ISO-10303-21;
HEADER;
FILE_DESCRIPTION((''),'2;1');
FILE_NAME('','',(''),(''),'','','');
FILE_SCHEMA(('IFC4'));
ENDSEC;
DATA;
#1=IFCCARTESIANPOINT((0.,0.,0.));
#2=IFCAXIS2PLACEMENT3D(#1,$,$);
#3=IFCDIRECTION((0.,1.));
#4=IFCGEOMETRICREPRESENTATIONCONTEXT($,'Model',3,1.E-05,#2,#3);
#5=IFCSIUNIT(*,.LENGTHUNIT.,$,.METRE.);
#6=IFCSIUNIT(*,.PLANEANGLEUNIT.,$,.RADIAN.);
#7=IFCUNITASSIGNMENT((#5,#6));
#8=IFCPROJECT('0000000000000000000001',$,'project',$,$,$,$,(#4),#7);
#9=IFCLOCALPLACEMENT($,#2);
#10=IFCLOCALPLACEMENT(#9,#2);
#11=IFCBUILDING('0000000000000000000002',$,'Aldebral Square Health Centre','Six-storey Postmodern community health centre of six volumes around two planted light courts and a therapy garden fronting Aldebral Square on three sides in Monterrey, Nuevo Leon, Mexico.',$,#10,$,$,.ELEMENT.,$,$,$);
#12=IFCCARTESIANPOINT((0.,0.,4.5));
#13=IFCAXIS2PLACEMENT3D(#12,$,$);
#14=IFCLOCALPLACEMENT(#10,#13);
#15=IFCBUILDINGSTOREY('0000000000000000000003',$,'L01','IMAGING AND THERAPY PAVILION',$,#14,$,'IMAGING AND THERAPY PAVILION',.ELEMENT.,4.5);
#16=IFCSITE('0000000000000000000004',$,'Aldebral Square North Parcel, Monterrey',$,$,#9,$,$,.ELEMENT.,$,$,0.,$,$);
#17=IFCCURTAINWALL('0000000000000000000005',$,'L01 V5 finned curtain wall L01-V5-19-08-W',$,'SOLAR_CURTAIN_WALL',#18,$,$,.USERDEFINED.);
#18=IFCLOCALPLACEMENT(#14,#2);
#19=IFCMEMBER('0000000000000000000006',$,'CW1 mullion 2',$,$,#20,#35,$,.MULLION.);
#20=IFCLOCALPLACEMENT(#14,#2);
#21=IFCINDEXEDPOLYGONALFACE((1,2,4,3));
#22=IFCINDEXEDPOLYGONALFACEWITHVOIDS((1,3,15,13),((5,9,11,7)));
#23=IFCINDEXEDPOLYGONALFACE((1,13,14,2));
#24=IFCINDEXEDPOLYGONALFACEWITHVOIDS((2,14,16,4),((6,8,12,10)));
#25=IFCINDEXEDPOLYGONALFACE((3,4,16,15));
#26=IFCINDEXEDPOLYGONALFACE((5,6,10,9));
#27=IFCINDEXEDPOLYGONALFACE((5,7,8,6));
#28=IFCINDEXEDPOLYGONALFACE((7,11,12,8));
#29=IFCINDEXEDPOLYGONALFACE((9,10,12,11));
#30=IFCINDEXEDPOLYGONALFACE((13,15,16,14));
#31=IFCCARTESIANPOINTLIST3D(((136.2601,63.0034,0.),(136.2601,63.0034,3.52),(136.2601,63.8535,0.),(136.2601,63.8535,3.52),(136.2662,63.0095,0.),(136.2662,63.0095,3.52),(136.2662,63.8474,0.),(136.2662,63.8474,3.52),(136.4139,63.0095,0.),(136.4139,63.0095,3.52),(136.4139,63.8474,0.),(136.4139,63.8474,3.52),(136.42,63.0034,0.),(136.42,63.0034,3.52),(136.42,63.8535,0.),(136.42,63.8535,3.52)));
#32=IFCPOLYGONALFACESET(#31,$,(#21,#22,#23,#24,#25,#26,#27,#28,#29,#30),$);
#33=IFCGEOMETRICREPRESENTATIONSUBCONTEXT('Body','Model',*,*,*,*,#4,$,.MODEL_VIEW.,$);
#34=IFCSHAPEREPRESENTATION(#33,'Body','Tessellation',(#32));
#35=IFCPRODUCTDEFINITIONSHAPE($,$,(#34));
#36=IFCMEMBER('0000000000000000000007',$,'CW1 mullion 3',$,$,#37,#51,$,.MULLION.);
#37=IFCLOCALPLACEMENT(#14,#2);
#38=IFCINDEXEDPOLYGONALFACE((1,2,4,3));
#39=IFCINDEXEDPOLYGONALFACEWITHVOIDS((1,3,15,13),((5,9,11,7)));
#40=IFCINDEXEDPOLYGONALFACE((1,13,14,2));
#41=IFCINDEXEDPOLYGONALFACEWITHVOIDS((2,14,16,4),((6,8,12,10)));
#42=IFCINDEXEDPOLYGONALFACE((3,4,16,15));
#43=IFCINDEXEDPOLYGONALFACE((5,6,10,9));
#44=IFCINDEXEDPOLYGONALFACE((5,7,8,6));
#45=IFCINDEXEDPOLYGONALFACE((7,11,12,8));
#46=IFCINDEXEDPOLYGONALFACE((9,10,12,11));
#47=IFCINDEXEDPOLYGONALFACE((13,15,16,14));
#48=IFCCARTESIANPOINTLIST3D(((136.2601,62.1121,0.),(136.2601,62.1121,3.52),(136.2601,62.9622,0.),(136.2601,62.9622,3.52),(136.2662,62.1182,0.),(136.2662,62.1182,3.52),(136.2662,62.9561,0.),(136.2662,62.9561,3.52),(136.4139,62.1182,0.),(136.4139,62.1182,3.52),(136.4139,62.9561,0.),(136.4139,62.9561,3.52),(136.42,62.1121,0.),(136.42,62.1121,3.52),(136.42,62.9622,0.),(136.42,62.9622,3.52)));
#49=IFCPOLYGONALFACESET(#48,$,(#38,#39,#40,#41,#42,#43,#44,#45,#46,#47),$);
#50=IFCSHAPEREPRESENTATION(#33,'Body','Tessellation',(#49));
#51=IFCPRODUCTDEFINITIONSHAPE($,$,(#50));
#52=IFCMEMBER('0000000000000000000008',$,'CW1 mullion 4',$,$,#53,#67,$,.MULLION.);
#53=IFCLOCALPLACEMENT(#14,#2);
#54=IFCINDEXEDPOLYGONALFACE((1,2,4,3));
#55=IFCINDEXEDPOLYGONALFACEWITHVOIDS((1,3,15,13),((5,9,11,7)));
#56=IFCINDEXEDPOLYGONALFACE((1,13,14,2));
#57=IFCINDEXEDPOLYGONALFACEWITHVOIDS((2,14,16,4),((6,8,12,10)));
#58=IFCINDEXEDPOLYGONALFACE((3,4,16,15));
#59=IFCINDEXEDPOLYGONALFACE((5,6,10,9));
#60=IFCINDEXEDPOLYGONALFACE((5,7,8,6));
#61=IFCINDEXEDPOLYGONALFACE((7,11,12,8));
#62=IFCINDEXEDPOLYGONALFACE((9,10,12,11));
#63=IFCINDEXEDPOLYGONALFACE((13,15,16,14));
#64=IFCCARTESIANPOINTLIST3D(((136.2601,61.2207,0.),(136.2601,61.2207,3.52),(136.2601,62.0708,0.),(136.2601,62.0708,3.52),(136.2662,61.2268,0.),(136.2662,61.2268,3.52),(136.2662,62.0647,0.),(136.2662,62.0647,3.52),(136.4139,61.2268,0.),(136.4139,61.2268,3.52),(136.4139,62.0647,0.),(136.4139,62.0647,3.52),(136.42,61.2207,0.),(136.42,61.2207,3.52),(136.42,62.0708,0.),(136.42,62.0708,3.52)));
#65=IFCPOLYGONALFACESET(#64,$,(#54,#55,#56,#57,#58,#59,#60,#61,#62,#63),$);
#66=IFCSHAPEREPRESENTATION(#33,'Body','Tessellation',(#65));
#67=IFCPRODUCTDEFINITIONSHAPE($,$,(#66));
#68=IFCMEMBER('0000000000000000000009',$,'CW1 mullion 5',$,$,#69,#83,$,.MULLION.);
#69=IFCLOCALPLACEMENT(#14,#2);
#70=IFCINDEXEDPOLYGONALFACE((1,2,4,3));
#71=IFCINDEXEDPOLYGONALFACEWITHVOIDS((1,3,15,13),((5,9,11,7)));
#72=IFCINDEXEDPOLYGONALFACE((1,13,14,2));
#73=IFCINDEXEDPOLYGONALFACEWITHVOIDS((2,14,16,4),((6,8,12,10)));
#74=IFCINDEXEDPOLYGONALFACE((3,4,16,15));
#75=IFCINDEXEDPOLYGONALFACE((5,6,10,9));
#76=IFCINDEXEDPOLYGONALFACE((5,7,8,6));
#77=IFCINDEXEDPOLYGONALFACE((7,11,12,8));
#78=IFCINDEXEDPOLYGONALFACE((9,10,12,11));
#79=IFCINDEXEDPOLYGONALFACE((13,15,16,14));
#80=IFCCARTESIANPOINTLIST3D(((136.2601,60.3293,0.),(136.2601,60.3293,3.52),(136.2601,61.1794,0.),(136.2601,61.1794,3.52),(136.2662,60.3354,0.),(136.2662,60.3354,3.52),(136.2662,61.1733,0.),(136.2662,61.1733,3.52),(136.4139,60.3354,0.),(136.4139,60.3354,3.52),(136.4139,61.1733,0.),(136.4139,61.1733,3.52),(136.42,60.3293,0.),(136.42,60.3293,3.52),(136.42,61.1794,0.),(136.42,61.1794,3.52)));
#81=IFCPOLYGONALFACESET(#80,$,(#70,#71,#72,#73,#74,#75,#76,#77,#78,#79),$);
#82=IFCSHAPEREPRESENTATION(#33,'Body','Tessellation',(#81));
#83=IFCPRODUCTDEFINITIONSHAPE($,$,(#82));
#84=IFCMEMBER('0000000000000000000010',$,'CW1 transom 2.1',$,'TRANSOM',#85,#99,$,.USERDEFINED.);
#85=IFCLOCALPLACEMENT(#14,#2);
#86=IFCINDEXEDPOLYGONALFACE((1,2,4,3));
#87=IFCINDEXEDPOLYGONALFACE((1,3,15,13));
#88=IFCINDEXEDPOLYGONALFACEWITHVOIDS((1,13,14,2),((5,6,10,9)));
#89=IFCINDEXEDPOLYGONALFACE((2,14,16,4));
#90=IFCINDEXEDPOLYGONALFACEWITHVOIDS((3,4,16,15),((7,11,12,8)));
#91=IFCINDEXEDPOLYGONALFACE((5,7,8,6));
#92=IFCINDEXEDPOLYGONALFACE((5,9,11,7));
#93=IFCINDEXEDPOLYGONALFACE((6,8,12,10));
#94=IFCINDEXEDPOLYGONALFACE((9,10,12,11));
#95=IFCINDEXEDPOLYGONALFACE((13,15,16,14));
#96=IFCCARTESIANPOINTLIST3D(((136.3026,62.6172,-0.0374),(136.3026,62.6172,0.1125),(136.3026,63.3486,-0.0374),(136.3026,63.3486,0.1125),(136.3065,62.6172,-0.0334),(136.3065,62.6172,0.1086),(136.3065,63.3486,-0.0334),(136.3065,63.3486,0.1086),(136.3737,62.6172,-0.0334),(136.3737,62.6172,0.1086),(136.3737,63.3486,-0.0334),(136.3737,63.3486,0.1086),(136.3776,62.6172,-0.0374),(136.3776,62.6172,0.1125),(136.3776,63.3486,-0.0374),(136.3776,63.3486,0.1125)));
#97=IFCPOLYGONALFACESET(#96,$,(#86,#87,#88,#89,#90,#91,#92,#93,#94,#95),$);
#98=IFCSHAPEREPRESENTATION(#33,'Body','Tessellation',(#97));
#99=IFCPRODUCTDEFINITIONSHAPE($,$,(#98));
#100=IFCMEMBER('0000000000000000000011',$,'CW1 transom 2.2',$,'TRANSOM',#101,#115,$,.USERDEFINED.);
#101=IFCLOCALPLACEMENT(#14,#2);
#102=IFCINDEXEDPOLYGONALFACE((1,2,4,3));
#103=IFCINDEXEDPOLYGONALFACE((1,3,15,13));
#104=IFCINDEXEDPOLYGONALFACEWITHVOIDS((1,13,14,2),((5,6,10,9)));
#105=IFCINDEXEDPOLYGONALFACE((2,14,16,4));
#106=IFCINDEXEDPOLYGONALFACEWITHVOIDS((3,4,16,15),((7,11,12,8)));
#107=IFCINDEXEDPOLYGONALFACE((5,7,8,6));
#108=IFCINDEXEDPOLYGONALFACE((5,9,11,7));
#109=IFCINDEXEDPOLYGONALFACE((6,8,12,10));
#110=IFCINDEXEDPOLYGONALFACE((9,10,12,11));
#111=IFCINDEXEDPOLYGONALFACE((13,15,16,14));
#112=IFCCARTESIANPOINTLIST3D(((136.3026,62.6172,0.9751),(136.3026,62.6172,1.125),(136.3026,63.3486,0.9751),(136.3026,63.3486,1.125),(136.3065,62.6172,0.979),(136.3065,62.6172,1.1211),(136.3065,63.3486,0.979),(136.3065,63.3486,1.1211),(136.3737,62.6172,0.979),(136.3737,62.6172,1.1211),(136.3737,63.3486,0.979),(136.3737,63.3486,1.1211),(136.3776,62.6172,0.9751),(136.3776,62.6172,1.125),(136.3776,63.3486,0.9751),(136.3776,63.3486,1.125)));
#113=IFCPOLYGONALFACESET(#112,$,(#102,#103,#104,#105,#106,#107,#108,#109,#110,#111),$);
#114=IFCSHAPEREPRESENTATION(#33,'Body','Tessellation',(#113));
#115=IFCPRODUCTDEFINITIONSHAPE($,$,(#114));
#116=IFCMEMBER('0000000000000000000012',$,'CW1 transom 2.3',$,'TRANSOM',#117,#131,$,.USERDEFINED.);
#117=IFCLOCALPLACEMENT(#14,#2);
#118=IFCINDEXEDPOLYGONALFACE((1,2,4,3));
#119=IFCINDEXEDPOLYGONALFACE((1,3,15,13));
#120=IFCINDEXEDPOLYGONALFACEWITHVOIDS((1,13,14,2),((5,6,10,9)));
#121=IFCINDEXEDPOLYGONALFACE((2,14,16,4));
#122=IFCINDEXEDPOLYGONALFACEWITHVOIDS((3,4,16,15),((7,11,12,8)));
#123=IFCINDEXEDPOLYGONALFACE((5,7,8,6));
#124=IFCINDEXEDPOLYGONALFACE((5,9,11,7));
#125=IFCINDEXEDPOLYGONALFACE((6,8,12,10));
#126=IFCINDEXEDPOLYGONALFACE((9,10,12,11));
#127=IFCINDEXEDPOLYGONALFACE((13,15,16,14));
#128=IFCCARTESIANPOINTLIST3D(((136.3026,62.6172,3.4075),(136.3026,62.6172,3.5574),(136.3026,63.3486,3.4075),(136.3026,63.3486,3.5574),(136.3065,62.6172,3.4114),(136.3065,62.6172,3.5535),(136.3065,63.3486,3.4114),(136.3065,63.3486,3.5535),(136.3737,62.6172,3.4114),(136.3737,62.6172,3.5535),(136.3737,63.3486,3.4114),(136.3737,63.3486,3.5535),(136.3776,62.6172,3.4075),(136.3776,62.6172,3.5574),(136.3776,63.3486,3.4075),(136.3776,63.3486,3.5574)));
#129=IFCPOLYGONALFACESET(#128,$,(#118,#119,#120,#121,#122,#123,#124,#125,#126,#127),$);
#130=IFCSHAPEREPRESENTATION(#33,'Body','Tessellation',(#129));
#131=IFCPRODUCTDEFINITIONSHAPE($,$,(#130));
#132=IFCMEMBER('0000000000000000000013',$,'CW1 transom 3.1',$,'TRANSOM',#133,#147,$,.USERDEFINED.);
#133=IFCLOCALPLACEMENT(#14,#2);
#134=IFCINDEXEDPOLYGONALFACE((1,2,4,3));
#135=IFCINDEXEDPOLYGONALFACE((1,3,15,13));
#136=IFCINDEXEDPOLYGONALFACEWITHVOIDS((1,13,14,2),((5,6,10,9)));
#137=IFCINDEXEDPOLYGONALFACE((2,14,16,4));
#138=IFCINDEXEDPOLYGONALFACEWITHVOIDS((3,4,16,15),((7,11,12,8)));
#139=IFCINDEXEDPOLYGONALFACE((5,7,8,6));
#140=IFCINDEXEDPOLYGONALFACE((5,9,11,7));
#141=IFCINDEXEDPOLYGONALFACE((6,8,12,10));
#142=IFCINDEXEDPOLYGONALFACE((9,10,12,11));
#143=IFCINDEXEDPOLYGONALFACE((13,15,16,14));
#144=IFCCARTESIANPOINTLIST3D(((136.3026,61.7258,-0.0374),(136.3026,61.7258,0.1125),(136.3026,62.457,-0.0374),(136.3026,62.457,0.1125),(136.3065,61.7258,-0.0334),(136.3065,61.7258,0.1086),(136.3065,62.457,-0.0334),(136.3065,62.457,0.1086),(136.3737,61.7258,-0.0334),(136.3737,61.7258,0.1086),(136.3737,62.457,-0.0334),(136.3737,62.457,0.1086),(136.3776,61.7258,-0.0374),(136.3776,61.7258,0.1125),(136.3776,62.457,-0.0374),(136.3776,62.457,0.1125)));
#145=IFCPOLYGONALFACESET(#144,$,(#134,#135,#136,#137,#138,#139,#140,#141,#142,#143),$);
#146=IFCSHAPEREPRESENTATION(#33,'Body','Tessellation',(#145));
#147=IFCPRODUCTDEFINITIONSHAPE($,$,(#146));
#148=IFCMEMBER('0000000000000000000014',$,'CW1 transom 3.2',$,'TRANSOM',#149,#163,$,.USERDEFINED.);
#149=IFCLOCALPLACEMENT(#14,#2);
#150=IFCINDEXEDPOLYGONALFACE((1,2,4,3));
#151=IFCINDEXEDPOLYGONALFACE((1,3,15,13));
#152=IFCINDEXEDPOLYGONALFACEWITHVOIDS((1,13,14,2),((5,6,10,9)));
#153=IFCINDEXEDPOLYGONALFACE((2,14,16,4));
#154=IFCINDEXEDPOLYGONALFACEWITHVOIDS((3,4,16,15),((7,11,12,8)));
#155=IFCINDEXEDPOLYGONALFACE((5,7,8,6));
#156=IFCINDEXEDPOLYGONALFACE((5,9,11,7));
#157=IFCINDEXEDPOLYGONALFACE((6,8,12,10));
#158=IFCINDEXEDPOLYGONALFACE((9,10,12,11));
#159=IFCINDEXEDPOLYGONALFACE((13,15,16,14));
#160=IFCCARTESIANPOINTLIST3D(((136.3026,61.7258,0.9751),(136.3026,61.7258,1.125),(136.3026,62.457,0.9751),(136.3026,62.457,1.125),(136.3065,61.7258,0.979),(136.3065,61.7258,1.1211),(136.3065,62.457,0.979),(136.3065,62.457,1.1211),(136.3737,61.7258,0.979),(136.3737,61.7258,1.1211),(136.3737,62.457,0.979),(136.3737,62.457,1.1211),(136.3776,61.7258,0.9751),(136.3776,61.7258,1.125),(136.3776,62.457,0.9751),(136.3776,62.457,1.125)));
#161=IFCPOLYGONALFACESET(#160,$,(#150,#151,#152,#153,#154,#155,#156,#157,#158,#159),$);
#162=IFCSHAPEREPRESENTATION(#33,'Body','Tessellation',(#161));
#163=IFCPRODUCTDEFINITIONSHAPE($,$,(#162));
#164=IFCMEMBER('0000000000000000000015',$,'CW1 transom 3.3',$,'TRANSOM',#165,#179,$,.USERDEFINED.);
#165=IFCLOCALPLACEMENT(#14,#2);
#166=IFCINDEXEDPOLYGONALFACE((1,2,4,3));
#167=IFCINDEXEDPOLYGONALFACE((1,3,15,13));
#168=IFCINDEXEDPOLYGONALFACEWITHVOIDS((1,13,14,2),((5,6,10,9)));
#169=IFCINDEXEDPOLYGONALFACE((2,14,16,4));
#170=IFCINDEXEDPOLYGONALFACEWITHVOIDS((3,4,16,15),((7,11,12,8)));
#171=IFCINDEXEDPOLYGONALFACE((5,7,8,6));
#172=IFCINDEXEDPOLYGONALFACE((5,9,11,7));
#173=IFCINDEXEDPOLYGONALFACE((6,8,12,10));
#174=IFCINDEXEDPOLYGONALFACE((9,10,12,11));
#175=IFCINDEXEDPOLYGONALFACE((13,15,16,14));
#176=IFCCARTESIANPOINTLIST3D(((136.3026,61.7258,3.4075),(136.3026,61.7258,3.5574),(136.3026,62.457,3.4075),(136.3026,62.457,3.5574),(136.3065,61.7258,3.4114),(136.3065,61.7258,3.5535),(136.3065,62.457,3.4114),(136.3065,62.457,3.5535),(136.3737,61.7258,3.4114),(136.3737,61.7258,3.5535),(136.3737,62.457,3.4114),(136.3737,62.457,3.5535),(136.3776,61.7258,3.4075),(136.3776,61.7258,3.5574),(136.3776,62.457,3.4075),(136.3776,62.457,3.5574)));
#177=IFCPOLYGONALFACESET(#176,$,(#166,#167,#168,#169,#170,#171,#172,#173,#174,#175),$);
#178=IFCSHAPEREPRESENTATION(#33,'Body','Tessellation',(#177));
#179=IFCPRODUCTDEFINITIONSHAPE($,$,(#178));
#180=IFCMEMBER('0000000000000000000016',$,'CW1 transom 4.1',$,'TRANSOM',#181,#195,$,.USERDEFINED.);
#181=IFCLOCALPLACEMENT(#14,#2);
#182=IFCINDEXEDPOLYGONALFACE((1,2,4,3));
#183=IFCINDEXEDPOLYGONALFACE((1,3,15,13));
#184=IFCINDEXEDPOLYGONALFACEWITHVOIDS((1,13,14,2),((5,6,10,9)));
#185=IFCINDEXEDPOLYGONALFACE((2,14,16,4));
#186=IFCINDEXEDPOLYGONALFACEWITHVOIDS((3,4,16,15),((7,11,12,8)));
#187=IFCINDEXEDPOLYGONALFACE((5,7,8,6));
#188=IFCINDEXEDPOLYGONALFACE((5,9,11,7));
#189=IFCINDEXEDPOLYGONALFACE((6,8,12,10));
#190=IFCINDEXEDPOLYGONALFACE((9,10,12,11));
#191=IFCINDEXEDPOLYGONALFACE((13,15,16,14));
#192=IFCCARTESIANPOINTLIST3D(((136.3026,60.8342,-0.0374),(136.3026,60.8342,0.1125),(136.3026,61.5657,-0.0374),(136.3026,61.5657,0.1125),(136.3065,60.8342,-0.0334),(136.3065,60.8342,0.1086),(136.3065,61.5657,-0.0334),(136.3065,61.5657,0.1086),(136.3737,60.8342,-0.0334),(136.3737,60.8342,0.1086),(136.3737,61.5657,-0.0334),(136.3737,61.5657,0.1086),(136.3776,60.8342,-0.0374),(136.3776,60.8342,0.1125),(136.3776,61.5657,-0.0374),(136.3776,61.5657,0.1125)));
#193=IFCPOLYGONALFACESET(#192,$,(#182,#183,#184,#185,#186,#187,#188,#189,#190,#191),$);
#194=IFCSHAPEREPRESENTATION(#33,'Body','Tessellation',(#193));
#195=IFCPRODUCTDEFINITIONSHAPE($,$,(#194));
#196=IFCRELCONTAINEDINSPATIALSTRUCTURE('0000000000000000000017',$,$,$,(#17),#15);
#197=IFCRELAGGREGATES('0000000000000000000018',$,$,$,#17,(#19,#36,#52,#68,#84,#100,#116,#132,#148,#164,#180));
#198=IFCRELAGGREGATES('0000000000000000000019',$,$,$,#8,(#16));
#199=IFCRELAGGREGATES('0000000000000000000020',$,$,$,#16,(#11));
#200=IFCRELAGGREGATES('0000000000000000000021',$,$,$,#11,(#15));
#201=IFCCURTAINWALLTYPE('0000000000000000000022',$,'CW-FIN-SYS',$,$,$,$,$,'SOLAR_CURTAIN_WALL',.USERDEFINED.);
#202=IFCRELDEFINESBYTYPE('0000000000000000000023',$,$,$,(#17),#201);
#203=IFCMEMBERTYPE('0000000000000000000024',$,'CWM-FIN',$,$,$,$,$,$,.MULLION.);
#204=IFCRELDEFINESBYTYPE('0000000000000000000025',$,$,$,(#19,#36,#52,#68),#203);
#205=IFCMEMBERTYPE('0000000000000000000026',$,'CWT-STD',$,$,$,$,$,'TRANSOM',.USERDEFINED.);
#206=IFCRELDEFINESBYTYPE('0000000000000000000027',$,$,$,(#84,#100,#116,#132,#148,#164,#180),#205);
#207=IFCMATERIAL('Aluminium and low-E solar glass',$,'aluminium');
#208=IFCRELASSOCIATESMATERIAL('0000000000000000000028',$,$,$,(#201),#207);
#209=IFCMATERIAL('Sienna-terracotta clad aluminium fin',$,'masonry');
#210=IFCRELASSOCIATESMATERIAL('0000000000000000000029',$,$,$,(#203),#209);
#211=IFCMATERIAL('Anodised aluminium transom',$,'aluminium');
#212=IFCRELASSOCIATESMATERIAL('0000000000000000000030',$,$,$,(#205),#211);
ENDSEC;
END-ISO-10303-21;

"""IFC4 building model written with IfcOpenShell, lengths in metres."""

from ifc_helpers import new_model, si_unit, direction, frame, origin, origin_2d, place, context, subcontext, project, spatial, hollow_rectangle, extrude, material, material_profile, profile_set, type_object, element, aggregate, save


model = new_model("IFC4")

# Units and contexts
model_context = context("Model", 3, precision=1e-05, world=origin(), true_north=direction((0.0, 1.0)))
body_context = subcontext(model_context, "Body", "Model", "MODEL_VIEW")
ifc_project = project(units=[si_unit("LENGTHUNIT", "METRE"), si_unit("PLANEANGLEUNIT", "RADIAN")], contexts=[model_context])

# Site, building, storey
site_placement = place(None, origin())
site = spatial("IfcSite", under=ifc_project, at=site_placement, Name="Aldebral Square North Parcel, Monterrey", CompositionType="ELEMENT", RefElevation=0.0)
building_placement = place(site_placement, origin())
building = spatial("IfcBuilding", under=site, at=building_placement, Name="Aldebral Square Health Centre", Description="Six-storey Postmodern community health centre of six volumes around two planted light courts and a therapy garden fronting Aldebral Square on three sides in Monterrey, Nuevo Leon, Mexico.", CompositionType="ELEMENT")
storey_placement = place(building_placement, frame((0.0, 0.0, 4.5)))
storey = spatial("IfcBuildingStorey", under=building, at=storey_placement, Name="L01", Description="IMAGING AND THERAPY PAVILION", LongName="IMAGING AND THERAPY PAVILION", CompositionType="ELEMENT", Elevation=4.5)

# Curtain wall, members
ifc_material_1 = material(Name="Aluminium and low-E solar glass", Category="aluminium")
curtain_wall_type = type_object("IfcCurtainWallType", Name="CW-FIN-SYS", ElementType="SOLAR_CURTAIN_WALL", PredefinedType="USERDEFINED", material=ifc_material_1)
curtain_wall_placement = place(storey_placement, origin())
curtain_wall = element("IfcCurtainWall", 1, at=curtain_wall_placement, inside=storey, type_object=curtain_wall_type, Name="L01 V5 finned curtain wall L01-V5-19-08-W", ObjectType="SOLAR_CURTAIN_WALL", PredefinedType="USERDEFINED")
ifc_material_2 = material(Name="Sienna-terracotta clad aluminium fin", Category="masonry")
ifc_material_profile_1 = material_profile(ifc_material_2, hollow_rectangle(XDim=0.1599, YDim=0.8501, WallThickness=0.0061, at=origin_2d()), Name="FIN 160x850x6")
ifc_profile_set_1 = profile_set([ifc_material_profile_1], Name="Sienna-terracotta clad aluminium fin")
member_type_1 = type_object("IfcMemberType", Name="CWM-FIN", PredefinedType="MULLION", material=ifc_profile_set_1)
member_1_placement = place(storey_placement, frame((136.3401, 63.4285, 0.0), z_axis=(0.0, 0.0, 1.0), x_axis=(1.0, 0.0, 0.0)))
member_1 = element("IfcMember", 2, at=member_1_placement, type_object=member_type_1, Name="CW1 mullion 2", PredefinedType="MULLION", context=body_context, shape_type="SweptSolid", body=[
    extrude(hollow_rectangle(XDim=0.1599, YDim=0.8501, WallThickness=0.0061, at=origin_2d()), origin(), (0.0, 0.0, 1.0), 3.52),
])
member_2_placement = place(storey_placement, frame((136.3401, 62.5371, 0.0), z_axis=(0.0, 0.0, 1.0), x_axis=(1.0, 0.0, 0.0)))
member_2 = element("IfcMember", 3, at=member_2_placement, type_object=member_type_1, Name="CW1 mullion 3", PredefinedType="MULLION", context=body_context, shape_type="SweptSolid", body=[
    extrude(hollow_rectangle(XDim=0.1599, YDim=0.8501, WallThickness=0.0061, at=origin_2d()), origin(), (0.0, 0.0, 1.0), 3.52),
])
member_3_placement = place(storey_placement, frame((136.3401, 61.6458, 0.0), z_axis=(0.0, 0.0, 1.0), x_axis=(1.0, 0.0, 0.0)))
member_3 = element("IfcMember", 4, at=member_3_placement, type_object=member_type_1, Name="CW1 mullion 4", PredefinedType="MULLION", context=body_context, shape_type="SweptSolid", body=[
    extrude(hollow_rectangle(XDim=0.1599, YDim=0.8501, WallThickness=0.0061, at=origin_2d()), origin(), (0.0, 0.0, 1.0), 3.52),
])
member_4_placement = place(storey_placement, frame((136.3401, 60.7544, 0.0), z_axis=(0.0, 0.0, 1.0), x_axis=(1.0, 0.0, 0.0)))
member_4 = element("IfcMember", 5, at=member_4_placement, type_object=member_type_1, Name="CW1 mullion 5", PredefinedType="MULLION", context=body_context, shape_type="SweptSolid", body=[
    extrude(hollow_rectangle(XDim=0.1599, YDim=0.8501, WallThickness=0.0061, at=origin_2d()), origin(), (0.0, 0.0, 1.0), 3.52),
])
ifc_material_3 = material(Name="Anodised aluminium transom", Category="aluminium")
ifc_material_profile_2 = material_profile(ifc_material_3, hollow_rectangle(XDim=0.075, YDim=0.1499, WallThickness=0.0039, at=origin_2d()), Name="CWT 75x150x4")
ifc_profile_set_2 = profile_set([ifc_material_profile_2], Name="Anodised aluminium transom")
member_type_2 = type_object("IfcMemberType", Name="CWT-STD", ElementType="TRANSOM", PredefinedType="USERDEFINED", material=ifc_profile_set_2)
member_5_placement = place(storey_placement, frame((136.3401, 63.3486, 0.0376), z_axis=(0.0, -1.0, 0.0), x_axis=(1.0, 0.0, 0.0)))
member_5 = element("IfcMember", 6, at=member_5_placement, type_object=member_type_2, Name="CW1 transom 2.1", ObjectType="TRANSOM", PredefinedType="USERDEFINED", context=body_context, shape_type="SweptSolid", body=[
    extrude(hollow_rectangle(XDim=0.075, YDim=0.1499, WallThickness=0.0039, at=origin_2d()), origin(), (0.0, 0.0, 1.0), 0.7314),
])
member_6_placement = place(storey_placement, frame((136.3401, 63.3486, 1.05), z_axis=(0.0, -1.0, 0.0), x_axis=(1.0, 0.0, 0.0)))
member_6 = element("IfcMember", 7, at=member_6_placement, type_object=member_type_2, Name="CW1 transom 2.2", ObjectType="TRANSOM", PredefinedType="USERDEFINED", context=body_context, shape_type="SweptSolid", body=[
    extrude(hollow_rectangle(XDim=0.075, YDim=0.1499, WallThickness=0.0039, at=origin_2d()), origin(), (0.0, 0.0, 1.0), 0.7314),
])
member_7_placement = place(storey_placement, frame((136.3401, 63.3486, 3.4824), z_axis=(0.0, -1.0, 0.0), x_axis=(1.0, 0.0, 0.0)))
member_7 = element("IfcMember", 8, at=member_7_placement, type_object=member_type_2, Name="CW1 transom 2.3", ObjectType="TRANSOM", PredefinedType="USERDEFINED", context=body_context, shape_type="SweptSolid", body=[
    extrude(hollow_rectangle(XDim=0.075, YDim=0.1499, WallThickness=0.0039, at=origin_2d()), origin(), (0.0, 0.0, 1.0), 0.7314),
])
member_8_placement = place(storey_placement, frame((136.3401, 62.457, 0.0376), z_axis=(0.0, -1.0, 0.0), x_axis=(1.0, 0.0, 0.0)))
member_8 = element("IfcMember", 9, at=member_8_placement, type_object=member_type_2, Name="CW1 transom 3.1", ObjectType="TRANSOM", PredefinedType="USERDEFINED", context=body_context, shape_type="SweptSolid", body=[
    extrude(hollow_rectangle(XDim=0.075, YDim=0.1499, WallThickness=0.0039, at=origin_2d()), origin(), (0.0, 0.0, 1.0), 0.7312),
])
member_9_placement = place(storey_placement, frame((136.3401, 62.457, 1.05), z_axis=(0.0, -1.0, 0.0), x_axis=(1.0, 0.0, 0.0)))
member_9 = element("IfcMember", 10, at=member_9_placement, type_object=member_type_2, Name="CW1 transom 3.2", ObjectType="TRANSOM", PredefinedType="USERDEFINED", context=body_context, shape_type="SweptSolid", body=[
    extrude(hollow_rectangle(XDim=0.075, YDim=0.1499, WallThickness=0.0039, at=origin_2d()), origin(), (0.0, 0.0, 1.0), 0.7312),
])
member_10_placement = place(storey_placement, frame((136.3401, 62.457, 3.4824), z_axis=(0.0, -1.0, 0.0), x_axis=(1.0, 0.0, 0.0)))
member_10 = element("IfcMember", 11, at=member_10_placement, type_object=member_type_2, Name="CW1 transom 3.3", ObjectType="TRANSOM", PredefinedType="USERDEFINED", context=body_context, shape_type="SweptSolid", body=[
    extrude(hollow_rectangle(XDim=0.075, YDim=0.1499, WallThickness=0.0039, at=origin_2d()), origin(), (0.0, 0.0, 1.0), 0.7312),
])
member_11_placement = place(storey_placement, frame((136.3401, 61.5657, 0.0376), z_axis=(0.0, -1.0, 0.0), x_axis=(1.0, 0.0, 0.0)))
member_11 = element("IfcMember", 12, at=member_11_placement, type_object=member_type_2, Name="CW1 transom 4.1", ObjectType="TRANSOM", PredefinedType="USERDEFINED", context=body_context, shape_type="SweptSolid", body=[
    extrude(hollow_rectangle(XDim=0.075, YDim=0.1499, WallThickness=0.0039, at=origin_2d()), origin(), (0.0, 0.0, 1.0), 0.7314),
])
aggregate(curtain_wall, [member_1, member_2, member_3, member_4, member_5, member_6, member_7, member_8, member_9, member_10, member_11])

save(model, "model.ifc")
